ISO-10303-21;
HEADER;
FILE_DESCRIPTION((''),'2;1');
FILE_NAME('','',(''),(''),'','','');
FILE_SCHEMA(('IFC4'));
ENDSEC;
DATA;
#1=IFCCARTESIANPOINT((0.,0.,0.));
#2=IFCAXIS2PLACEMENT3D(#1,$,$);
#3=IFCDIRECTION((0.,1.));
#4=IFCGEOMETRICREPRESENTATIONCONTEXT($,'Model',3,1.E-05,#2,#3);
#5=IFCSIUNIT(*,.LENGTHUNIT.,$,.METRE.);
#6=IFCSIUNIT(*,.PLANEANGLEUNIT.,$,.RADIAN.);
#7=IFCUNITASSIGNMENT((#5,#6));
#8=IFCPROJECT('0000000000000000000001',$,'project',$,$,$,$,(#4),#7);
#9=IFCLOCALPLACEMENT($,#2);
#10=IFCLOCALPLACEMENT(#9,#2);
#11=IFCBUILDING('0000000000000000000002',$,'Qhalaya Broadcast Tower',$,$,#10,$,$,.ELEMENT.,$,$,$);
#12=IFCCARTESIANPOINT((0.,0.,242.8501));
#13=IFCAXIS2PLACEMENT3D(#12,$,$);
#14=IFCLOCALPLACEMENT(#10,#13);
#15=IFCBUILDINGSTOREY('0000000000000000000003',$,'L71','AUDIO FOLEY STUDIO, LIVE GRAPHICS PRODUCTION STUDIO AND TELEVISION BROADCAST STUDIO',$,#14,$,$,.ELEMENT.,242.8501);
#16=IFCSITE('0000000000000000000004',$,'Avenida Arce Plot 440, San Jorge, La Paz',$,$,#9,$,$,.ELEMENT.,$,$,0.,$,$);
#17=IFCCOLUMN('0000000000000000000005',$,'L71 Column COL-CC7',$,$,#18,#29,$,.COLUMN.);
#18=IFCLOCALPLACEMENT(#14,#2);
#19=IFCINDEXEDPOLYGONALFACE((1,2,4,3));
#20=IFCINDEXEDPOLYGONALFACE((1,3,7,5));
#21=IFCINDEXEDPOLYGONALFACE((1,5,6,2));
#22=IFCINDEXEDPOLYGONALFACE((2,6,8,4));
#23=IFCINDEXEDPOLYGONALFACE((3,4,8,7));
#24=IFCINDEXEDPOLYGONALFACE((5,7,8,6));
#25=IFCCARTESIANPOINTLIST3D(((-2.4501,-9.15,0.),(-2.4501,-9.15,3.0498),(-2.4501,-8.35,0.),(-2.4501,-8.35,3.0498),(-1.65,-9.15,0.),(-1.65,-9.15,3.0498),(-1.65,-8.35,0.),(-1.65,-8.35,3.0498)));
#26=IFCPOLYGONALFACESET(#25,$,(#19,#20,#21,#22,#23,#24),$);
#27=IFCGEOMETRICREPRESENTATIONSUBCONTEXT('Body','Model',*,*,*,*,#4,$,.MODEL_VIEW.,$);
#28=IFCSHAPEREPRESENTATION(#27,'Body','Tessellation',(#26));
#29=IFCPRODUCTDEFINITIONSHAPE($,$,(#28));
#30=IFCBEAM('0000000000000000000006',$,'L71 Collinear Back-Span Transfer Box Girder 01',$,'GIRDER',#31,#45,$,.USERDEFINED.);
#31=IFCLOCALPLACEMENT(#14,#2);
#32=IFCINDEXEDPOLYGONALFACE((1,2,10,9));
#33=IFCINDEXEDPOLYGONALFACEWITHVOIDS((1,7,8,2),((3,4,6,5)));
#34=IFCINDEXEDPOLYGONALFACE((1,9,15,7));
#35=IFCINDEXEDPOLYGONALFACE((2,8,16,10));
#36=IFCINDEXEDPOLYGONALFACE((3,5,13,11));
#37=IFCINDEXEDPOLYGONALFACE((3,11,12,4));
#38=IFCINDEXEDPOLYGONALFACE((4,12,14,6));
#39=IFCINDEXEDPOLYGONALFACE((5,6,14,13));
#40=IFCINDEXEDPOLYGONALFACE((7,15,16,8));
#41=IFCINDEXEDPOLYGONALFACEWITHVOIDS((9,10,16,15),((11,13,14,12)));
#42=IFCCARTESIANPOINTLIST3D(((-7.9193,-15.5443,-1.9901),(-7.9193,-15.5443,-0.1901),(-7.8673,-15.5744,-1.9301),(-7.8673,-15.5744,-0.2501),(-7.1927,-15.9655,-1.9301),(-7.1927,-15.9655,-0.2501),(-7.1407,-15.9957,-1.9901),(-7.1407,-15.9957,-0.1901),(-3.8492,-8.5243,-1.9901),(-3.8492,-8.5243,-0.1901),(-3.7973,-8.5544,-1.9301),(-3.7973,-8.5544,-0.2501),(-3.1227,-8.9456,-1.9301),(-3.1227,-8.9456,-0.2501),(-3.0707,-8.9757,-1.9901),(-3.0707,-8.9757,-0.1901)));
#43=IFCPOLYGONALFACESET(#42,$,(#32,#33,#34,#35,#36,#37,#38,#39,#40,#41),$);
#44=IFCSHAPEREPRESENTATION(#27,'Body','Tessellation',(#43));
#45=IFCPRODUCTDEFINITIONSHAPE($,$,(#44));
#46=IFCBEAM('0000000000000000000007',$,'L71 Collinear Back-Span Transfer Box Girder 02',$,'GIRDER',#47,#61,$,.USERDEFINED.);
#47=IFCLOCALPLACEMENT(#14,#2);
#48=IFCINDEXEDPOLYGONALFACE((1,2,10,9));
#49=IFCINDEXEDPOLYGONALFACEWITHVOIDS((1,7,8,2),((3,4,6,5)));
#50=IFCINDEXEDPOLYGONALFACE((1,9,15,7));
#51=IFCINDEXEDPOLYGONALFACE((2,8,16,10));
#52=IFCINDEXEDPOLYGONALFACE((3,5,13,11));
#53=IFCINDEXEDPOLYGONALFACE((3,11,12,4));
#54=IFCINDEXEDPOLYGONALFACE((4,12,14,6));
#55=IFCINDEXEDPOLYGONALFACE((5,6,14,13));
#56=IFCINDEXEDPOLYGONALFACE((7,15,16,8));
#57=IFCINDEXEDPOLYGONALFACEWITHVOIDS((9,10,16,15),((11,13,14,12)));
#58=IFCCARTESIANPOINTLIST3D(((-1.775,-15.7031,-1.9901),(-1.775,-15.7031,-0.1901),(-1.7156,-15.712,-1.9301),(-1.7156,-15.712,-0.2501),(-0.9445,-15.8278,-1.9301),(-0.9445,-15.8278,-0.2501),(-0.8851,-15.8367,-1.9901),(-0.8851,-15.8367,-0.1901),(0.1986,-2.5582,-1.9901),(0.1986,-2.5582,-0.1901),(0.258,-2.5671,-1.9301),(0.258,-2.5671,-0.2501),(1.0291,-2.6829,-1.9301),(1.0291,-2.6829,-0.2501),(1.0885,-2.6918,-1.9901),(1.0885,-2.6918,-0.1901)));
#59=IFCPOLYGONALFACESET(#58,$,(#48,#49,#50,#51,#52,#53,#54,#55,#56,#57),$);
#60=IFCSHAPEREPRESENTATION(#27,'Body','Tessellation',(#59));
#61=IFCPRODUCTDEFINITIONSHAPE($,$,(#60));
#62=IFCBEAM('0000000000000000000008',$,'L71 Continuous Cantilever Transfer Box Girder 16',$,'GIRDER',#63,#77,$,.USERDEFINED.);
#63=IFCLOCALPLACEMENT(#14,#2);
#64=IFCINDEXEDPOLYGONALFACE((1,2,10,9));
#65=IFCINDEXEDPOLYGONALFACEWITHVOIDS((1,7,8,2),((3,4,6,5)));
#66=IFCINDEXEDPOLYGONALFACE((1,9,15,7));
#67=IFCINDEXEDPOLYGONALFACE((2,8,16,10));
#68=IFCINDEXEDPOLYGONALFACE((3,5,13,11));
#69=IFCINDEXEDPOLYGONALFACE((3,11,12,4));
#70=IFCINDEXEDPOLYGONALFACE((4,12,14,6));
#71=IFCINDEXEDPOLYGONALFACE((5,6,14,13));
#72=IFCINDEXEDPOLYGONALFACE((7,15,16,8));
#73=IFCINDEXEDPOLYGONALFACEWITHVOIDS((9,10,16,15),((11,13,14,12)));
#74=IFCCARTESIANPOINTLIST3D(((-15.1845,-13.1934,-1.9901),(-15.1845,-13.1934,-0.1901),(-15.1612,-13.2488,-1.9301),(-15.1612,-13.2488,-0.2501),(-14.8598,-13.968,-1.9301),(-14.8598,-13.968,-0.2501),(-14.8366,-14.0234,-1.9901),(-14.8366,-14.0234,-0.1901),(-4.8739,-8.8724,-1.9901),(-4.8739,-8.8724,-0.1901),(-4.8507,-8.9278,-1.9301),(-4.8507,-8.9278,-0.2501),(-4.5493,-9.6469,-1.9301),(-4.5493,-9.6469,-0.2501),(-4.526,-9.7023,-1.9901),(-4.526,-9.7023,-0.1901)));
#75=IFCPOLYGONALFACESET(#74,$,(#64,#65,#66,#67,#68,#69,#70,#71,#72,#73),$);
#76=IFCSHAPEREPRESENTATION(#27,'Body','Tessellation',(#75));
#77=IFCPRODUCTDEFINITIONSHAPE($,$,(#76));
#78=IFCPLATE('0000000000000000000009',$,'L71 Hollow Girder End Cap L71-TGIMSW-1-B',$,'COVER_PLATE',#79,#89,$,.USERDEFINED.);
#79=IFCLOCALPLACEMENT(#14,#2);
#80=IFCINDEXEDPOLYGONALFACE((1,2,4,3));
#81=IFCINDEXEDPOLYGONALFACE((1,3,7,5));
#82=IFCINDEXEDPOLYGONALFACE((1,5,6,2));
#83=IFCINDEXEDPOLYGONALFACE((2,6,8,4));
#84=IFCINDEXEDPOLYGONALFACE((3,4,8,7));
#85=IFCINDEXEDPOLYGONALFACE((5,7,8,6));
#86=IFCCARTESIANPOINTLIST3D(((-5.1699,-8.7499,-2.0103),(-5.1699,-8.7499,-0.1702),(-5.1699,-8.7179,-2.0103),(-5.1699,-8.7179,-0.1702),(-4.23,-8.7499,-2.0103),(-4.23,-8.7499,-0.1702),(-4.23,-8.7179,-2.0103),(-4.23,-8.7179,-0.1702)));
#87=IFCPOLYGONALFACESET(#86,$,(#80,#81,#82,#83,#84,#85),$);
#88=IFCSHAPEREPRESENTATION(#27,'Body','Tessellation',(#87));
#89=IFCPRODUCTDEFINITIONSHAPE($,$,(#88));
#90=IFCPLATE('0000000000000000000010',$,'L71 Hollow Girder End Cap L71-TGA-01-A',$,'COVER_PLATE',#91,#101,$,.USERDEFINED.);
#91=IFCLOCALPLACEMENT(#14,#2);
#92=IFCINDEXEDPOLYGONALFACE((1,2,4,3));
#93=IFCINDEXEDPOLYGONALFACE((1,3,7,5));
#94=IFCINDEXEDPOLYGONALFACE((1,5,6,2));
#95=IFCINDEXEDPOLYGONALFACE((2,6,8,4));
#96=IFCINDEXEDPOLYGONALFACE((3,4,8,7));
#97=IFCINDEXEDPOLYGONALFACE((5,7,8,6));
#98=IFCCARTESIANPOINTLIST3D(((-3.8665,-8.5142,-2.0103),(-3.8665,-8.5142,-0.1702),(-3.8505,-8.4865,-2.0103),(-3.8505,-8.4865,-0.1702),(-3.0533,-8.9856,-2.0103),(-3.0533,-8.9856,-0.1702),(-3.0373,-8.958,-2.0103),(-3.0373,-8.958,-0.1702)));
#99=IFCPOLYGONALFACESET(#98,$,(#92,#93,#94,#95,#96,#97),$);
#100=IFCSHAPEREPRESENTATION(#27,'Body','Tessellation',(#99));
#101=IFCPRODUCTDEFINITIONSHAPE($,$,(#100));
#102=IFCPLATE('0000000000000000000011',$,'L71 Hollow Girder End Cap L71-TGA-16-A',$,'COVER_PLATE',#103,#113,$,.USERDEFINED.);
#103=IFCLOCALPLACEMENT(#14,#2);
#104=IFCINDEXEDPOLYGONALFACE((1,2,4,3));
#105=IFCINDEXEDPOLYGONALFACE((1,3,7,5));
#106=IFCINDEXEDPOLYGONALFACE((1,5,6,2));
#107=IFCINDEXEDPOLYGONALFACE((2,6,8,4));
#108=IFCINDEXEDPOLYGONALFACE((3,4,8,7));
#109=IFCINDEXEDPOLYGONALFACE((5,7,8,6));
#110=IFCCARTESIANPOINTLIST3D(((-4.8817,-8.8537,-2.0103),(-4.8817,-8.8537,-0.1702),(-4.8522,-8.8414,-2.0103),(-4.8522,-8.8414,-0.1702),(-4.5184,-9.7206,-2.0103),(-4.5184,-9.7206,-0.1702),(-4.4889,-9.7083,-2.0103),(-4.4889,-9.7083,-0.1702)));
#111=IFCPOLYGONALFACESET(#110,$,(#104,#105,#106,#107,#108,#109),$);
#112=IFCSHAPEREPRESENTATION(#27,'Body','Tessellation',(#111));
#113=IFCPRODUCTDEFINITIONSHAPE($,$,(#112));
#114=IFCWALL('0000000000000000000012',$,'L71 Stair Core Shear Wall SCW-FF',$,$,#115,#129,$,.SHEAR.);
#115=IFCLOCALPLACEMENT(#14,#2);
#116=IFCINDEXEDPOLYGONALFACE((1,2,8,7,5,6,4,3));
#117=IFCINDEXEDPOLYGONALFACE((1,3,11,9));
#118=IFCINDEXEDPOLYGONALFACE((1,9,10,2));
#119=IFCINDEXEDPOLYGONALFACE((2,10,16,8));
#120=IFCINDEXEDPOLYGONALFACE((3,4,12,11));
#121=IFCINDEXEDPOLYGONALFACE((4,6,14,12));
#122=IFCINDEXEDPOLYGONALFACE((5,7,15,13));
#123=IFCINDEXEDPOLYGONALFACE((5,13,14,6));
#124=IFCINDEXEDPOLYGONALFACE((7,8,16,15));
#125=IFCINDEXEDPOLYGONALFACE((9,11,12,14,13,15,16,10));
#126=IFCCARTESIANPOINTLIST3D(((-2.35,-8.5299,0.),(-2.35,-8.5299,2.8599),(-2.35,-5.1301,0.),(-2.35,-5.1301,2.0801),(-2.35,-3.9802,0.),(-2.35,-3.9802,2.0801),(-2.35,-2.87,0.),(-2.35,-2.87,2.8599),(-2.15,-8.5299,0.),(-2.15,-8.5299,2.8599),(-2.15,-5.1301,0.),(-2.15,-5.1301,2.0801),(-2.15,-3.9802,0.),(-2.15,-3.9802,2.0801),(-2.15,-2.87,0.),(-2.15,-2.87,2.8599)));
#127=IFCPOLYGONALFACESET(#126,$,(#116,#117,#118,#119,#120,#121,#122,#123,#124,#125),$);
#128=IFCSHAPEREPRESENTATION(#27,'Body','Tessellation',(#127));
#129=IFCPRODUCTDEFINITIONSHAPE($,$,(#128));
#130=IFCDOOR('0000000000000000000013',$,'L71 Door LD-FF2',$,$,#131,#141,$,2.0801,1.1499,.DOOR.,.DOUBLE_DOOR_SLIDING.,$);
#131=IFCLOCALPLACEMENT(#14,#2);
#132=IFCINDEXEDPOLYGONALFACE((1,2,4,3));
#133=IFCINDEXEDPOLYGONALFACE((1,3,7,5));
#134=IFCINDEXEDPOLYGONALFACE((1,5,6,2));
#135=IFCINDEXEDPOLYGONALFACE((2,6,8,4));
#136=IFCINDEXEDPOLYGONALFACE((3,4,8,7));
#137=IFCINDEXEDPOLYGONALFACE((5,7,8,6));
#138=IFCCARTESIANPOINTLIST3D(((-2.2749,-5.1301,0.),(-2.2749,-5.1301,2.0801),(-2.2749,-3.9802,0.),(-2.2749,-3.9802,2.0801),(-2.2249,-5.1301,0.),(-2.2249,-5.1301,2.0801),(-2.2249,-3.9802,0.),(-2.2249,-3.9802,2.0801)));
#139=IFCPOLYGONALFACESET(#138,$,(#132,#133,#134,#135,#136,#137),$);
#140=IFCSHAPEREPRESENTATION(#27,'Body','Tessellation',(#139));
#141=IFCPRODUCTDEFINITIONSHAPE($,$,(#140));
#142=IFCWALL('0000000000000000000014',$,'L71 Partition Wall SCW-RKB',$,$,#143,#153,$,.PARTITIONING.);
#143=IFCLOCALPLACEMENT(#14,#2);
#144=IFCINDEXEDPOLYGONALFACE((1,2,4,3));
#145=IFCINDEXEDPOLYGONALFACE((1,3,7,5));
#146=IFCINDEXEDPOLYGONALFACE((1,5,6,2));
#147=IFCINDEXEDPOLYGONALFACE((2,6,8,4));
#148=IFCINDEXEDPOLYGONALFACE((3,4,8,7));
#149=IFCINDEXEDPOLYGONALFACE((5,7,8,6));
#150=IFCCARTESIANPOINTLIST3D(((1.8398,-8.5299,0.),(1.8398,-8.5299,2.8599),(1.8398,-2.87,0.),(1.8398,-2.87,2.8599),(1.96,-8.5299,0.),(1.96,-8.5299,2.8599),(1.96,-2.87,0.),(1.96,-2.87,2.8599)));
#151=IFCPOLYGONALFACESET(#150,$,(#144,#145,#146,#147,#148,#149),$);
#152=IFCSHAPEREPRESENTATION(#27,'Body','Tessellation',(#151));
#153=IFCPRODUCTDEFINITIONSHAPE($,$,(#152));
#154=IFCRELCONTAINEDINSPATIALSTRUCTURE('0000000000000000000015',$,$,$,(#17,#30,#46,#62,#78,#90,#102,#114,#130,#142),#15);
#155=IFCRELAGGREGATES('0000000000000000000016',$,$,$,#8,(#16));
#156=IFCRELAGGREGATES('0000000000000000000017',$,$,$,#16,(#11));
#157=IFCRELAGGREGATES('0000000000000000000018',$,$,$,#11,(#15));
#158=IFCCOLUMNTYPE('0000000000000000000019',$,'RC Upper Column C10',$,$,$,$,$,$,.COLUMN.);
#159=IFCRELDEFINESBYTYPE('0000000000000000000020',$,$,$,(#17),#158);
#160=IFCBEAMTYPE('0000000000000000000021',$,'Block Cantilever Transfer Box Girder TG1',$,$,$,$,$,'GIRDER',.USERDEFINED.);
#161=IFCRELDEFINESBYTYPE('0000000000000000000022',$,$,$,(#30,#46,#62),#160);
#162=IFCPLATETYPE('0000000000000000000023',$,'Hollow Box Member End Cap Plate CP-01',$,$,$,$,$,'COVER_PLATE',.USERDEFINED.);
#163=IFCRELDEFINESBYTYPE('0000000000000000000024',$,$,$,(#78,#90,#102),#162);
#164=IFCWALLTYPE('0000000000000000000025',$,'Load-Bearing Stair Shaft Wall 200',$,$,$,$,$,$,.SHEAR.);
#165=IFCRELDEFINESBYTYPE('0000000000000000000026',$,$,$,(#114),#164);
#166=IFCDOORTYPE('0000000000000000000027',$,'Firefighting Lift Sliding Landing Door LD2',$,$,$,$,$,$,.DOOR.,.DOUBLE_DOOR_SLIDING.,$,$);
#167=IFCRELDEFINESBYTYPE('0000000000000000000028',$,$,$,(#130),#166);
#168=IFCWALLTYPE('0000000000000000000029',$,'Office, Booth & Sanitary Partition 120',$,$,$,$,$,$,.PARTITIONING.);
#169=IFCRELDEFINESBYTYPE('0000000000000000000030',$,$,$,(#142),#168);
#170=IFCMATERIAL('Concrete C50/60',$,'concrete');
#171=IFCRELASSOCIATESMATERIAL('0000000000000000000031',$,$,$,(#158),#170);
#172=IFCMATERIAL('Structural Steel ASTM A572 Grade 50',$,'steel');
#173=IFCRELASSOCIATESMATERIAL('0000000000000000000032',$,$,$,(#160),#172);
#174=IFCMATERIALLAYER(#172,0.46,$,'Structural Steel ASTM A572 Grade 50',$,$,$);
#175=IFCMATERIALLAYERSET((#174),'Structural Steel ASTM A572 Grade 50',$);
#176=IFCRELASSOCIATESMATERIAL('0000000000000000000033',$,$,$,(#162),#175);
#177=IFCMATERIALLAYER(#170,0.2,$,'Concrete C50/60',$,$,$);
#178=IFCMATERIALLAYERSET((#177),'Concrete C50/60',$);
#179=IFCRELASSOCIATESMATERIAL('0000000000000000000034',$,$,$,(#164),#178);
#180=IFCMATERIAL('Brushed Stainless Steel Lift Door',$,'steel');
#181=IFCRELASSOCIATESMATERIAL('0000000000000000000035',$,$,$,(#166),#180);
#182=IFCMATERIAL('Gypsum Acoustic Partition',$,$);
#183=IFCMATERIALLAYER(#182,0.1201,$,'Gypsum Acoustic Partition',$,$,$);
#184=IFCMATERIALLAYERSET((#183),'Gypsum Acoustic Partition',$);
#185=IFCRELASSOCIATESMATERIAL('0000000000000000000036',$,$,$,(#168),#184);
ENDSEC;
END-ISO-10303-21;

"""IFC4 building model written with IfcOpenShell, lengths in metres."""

from ifc_helpers import new_model, si_unit, direction, frame, frame_2d, origin, origin_2d, place, context, subcontext, project, spatial, rectangle, hollow_rectangle, extrude, material, layer, layer_set, material_profile, profile_set, type_object, element, fill, save


model = new_model("IFC4")

# Units and contexts
model_context = context("Model", 3, precision=1e-05, world=origin(), true_north=direction((0.0, 1.0)))
body_context = subcontext(model_context, "Body", "Model", "MODEL_VIEW")
ifc_project = project(units=[si_unit("LENGTHUNIT", "METRE"), si_unit("PLANEANGLEUNIT", "RADIAN")], contexts=[model_context])

# Site, building, storey
site_placement = place(None, origin())
site = spatial("IfcSite", under=ifc_project, at=site_placement, Name="Avenida Arce Plot 440, San Jorge, La Paz", CompositionType="ELEMENT", RefElevation=0.0)
building_placement = place(site_placement, origin())
building = spatial("IfcBuilding", under=site, at=building_placement, Name="Qhalaya Broadcast Tower", CompositionType="ELEMENT")
storey_placement = place(building_placement, frame((0.0, 0.0, 242.8501)))
storey = spatial("IfcBuildingStorey", under=building, at=storey_placement, Name="L71", Description="AUDIO FOLEY STUDIO, LIVE GRAPHICS PRODUCTION STUDIO AND TELEVISION BROADCAST STUDIO", CompositionType="ELEMENT", Elevation=242.8501)

# Column
ifc_material_1 = material(Name="Concrete C50/60", Category="concrete")
ifc_material_profile_1 = material_profile(ifc_material_1, rectangle(XDim=0.8, YDim=0.8, at=origin_2d()), Name="RC-COL 800x800")
ifc_profile_set_1 = profile_set([ifc_material_profile_1], Name="Concrete C50/60")
column_type = type_object("IfcColumnType", Name="RC Upper Column C10", PredefinedType="COLUMN", material=ifc_profile_set_1)
column_placement = place(storey_placement, frame((-2.05, -8.75, 0.0), z_axis=(0.0, 0.0, 1.0), x_axis=(1.0, 0.0, 0.0)))
element("IfcColumn", 1, at=column_placement, inside=storey, type_object=column_type, Name="L71 Column COL-CC7", PredefinedType="COLUMN", context=body_context, shape_type="SweptSolid", body=[
    extrude(rectangle(XDim=0.8, YDim=0.8, at=origin_2d()), origin(), (0.0, 0.0, 1.0), 3.0498),
])

# Beams
ifc_material_2 = material(Name="Structural Steel ASTM A572 Grade 50", Category="steel")
ifc_material_profile_2 = material_profile(ifc_material_2, hollow_rectangle(XDim=0.8999, YDim=1.8, WallThickness=0.0601, at=origin_2d()), Name="BOX 900x1800x60")
ifc_profile_set_2 = profile_set([ifc_material_profile_2], Name="Structural Steel ASTM A572 Grade 50")
beam_type = type_object("IfcBeamType", Name="Block Cantilever Transfer Box Girder TG1", ElementType="GIRDER", PredefinedType="USERDEFINED", material=ifc_profile_set_2)
beam_1_placement = place(storey_placement, frame((-3.46, -8.75, -1.0901), z_axis=(-0.501576, -0.865114, 0.0), x_axis=(0.865114, -0.501576, 0.0)))
element("IfcBeam", 2, at=beam_1_placement, inside=storey, type_object=beam_type, Name="L71 Collinear Back-Span Transfer Box Girder 01", ObjectType="GIRDER", PredefinedType="USERDEFINED", context=body_context, shape_type="SweptSolid", body=[
    extrude(hollow_rectangle(XDim=0.8999, YDim=1.8, WallThickness=0.0601, at=origin_2d()), origin(), (0.0, 0.0, 1.0), 8.1145),
])
beam_2_placement = place(storey_placement, frame((0.6436, -2.625, -1.0901), z_axis=(-0.148479, -0.988916, 0.0), x_axis=(0.988916, -0.148479, 0.0)))
element("IfcBeam", 3, at=beam_2_placement, inside=storey, type_object=beam_type, Name="L71 Collinear Back-Span Transfer Box Girder 02", ObjectType="GIRDER", PredefinedType="USERDEFINED", context=body_context, shape_type="SweptSolid", body=[
    extrude(hollow_rectangle(XDim=0.8999, YDim=1.8, WallThickness=0.0601, at=origin_2d()), origin(), (0.0, 0.0, 1.0), 13.2922),
])
beam_3_placement = place(storey_placement, frame((-4.7, -9.2874, -1.0901), z_axis=(-0.922282, -0.386519, 0.0), x_axis=(0.386519, -0.922282, 0.0)))
element("IfcBeam", 4, at=beam_3_placement, inside=storey, type_object=beam_type, Name="L71 Continuous Cantilever Transfer Box Girder 16", ObjectType="GIRDER", PredefinedType="USERDEFINED", context=body_context, shape_type="SweptSolid", body=[
    extrude(hollow_rectangle(XDim=0.8999, YDim=1.8, WallThickness=0.0601, at=origin_2d()), origin(), (0.0, 0.0, 1.0), 11.1794),
])

# Plates
ifc_layer_1 = layer(ifc_material_2, 0.46, Name="Structural Steel ASTM A572 Grade 50")
ifc_layer_set_1 = layer_set([ifc_layer_1], Name="Structural Steel ASTM A572 Grade 50")
plate_type = type_object("IfcPlateType", Name="Hollow Box Member End Cap Plate CP-01", ElementType="COVER_PLATE", PredefinedType="USERDEFINED", material=ifc_layer_set_1)
for number, where, z_axis, x_axis, name in (
    (5, (-4.7, -8.7339, -2.0103), (0.0, 0.0, 1.0), (-1.0, 0.0, 0.0), "L71 Hollow Girder End Cap L71-TGIMSW-1-B"),
    (6, (-3.4519, -8.7361, -2.0103), (0.0, 0.0, 1.0), (0.865116, -0.501571, 0.0), "L71 Hollow Girder End Cap L71-TGA-01-A"),
    (7, (-4.6853, -9.281, -2.0103), (0.0, 0.0, 1.0), (0.386534, -0.922275, 0.0), "L71 Hollow Girder End Cap L71-TGA-16-A"),
):
    element("IfcPlate", number, at=place(storey_placement, frame(where, z_axis=z_axis, x_axis=x_axis)), inside=storey, type_object=plate_type, Name=name, ObjectType="COVER_PLATE", PredefinedType="USERDEFINED", context=body_context, shape_type="SweptSolid", body=[
        extrude(rectangle(XDim=0.9399, YDim=0.032, at=origin_2d()), origin(), (0.0, 0.0, 1.0), 1.8401),
    ])

# Wall, opening, door
ifc_layer_2 = layer(ifc_material_1, 0.2, Name="Concrete C50/60")
ifc_layer_set_2 = layer_set([ifc_layer_2], Name="Concrete C50/60")
wall_type_1 = type_object("IfcWallType", Name="Load-Bearing Stair Shaft Wall 200", PredefinedType="SHEAR", material=ifc_layer_set_2)
wall_1_placement = place(storey_placement, frame((-2.25, -8.53, 0.0), z_axis=(0.0, 0.0, 1.0), x_axis=(0.0, 1.0, 0.0)))
wall_1 = element("IfcWall", 8, at=wall_1_placement, inside=storey, type_object=wall_type_1, Name="L71 Stair Core Shear Wall SCW-FF", PredefinedType="SHEAR", context=body_context, shape_type="SweptSolid", body=[
    extrude(rectangle(XDim=5.6599, YDim=0.2, at=frame_2d((2.8301, 0.0))), origin(), (0.0, 0.0, 1.0), 2.8599),
])
opening_1_placement = place(wall_1_placement, frame((3.3999, 0.0, 0.0)))
opening_1 = element("IfcOpeningElement", 9, at=opening_1_placement, cuts=wall_1, PredefinedType="OPENING", context=body_context, shape_type="SweptSolid", body=[
    extrude(rectangle(XDim=1.1499, YDim=2.0801, at=frame_2d((0.575, 1.04))), frame((0.0, 0.1121, 0.0), z_axis=(0.0, -1.0, 0.0), x_axis=(1.0, 0.0, 0.0)), (0.0, 0.0, 1.0), 0.2239),
])
ifc_material_3 = material(Name="Brushed Stainless Steel Lift Door", Category="steel")
door_type_1 = type_object("IfcDoorType", Name="Firefighting Lift Sliding Landing Door LD2", OperationType="DOUBLE_DOOR_SLIDING", PredefinedType="DOOR", material=ifc_material_3)
door_1_placement = place(opening_1_placement, origin())
door_1 = element("IfcDoor", 10, at=door_1_placement, inside=storey, type_object=door_type_1, Name="L71 Door LD-FF2", OperationType="DOUBLE_DOOR_SLIDING", OverallHeight=2.0801, OverallWidth=1.1499, PredefinedType="DOOR", context=body_context, shape_type="SweptSolid", body=[
    extrude(rectangle(XDim=1.1499, YDim=2.0801, at=frame_2d((0.575, 1.04))), frame((0.0, 0.0249, 0.0), z_axis=(0.0, -1.0, 0.0), x_axis=(1.0, 0.0, 0.0)), (0.0, 0.0, 1.0), 0.05),
])
fill(opening_1, door_1)

# Wall
ifc_material_4 = material(Name="Gypsum Acoustic Partition")
ifc_layer_3 = layer(ifc_material_4, 0.1201, Name="Gypsum Acoustic Partition")
ifc_layer_set_3 = layer_set([ifc_layer_3], Name="Gypsum Acoustic Partition")
wall_type_2 = type_object("IfcWallType", Name="Office, Booth & Sanitary Partition 120", PredefinedType="PARTITIONING", material=ifc_layer_set_3)
wall_2_placement = place(storey_placement, frame((1.8999, -8.53, 0.0), z_axis=(0.0, 0.0, 1.0), x_axis=(0.0, 1.0, 0.0)))
element("IfcWall", 11, at=wall_2_placement, inside=storey, type_object=wall_type_2, Name="L71 Partition Wall SCW-RKB", PredefinedType="PARTITIONING", context=body_context, shape_type="SweptSolid", body=[
    extrude(rectangle(XDim=5.6599, YDim=0.1201, at=frame_2d((2.8301, 0.0))), origin(), (0.0, 0.0, 1.0), 2.8599),
])

save(model, "model.ifc")
